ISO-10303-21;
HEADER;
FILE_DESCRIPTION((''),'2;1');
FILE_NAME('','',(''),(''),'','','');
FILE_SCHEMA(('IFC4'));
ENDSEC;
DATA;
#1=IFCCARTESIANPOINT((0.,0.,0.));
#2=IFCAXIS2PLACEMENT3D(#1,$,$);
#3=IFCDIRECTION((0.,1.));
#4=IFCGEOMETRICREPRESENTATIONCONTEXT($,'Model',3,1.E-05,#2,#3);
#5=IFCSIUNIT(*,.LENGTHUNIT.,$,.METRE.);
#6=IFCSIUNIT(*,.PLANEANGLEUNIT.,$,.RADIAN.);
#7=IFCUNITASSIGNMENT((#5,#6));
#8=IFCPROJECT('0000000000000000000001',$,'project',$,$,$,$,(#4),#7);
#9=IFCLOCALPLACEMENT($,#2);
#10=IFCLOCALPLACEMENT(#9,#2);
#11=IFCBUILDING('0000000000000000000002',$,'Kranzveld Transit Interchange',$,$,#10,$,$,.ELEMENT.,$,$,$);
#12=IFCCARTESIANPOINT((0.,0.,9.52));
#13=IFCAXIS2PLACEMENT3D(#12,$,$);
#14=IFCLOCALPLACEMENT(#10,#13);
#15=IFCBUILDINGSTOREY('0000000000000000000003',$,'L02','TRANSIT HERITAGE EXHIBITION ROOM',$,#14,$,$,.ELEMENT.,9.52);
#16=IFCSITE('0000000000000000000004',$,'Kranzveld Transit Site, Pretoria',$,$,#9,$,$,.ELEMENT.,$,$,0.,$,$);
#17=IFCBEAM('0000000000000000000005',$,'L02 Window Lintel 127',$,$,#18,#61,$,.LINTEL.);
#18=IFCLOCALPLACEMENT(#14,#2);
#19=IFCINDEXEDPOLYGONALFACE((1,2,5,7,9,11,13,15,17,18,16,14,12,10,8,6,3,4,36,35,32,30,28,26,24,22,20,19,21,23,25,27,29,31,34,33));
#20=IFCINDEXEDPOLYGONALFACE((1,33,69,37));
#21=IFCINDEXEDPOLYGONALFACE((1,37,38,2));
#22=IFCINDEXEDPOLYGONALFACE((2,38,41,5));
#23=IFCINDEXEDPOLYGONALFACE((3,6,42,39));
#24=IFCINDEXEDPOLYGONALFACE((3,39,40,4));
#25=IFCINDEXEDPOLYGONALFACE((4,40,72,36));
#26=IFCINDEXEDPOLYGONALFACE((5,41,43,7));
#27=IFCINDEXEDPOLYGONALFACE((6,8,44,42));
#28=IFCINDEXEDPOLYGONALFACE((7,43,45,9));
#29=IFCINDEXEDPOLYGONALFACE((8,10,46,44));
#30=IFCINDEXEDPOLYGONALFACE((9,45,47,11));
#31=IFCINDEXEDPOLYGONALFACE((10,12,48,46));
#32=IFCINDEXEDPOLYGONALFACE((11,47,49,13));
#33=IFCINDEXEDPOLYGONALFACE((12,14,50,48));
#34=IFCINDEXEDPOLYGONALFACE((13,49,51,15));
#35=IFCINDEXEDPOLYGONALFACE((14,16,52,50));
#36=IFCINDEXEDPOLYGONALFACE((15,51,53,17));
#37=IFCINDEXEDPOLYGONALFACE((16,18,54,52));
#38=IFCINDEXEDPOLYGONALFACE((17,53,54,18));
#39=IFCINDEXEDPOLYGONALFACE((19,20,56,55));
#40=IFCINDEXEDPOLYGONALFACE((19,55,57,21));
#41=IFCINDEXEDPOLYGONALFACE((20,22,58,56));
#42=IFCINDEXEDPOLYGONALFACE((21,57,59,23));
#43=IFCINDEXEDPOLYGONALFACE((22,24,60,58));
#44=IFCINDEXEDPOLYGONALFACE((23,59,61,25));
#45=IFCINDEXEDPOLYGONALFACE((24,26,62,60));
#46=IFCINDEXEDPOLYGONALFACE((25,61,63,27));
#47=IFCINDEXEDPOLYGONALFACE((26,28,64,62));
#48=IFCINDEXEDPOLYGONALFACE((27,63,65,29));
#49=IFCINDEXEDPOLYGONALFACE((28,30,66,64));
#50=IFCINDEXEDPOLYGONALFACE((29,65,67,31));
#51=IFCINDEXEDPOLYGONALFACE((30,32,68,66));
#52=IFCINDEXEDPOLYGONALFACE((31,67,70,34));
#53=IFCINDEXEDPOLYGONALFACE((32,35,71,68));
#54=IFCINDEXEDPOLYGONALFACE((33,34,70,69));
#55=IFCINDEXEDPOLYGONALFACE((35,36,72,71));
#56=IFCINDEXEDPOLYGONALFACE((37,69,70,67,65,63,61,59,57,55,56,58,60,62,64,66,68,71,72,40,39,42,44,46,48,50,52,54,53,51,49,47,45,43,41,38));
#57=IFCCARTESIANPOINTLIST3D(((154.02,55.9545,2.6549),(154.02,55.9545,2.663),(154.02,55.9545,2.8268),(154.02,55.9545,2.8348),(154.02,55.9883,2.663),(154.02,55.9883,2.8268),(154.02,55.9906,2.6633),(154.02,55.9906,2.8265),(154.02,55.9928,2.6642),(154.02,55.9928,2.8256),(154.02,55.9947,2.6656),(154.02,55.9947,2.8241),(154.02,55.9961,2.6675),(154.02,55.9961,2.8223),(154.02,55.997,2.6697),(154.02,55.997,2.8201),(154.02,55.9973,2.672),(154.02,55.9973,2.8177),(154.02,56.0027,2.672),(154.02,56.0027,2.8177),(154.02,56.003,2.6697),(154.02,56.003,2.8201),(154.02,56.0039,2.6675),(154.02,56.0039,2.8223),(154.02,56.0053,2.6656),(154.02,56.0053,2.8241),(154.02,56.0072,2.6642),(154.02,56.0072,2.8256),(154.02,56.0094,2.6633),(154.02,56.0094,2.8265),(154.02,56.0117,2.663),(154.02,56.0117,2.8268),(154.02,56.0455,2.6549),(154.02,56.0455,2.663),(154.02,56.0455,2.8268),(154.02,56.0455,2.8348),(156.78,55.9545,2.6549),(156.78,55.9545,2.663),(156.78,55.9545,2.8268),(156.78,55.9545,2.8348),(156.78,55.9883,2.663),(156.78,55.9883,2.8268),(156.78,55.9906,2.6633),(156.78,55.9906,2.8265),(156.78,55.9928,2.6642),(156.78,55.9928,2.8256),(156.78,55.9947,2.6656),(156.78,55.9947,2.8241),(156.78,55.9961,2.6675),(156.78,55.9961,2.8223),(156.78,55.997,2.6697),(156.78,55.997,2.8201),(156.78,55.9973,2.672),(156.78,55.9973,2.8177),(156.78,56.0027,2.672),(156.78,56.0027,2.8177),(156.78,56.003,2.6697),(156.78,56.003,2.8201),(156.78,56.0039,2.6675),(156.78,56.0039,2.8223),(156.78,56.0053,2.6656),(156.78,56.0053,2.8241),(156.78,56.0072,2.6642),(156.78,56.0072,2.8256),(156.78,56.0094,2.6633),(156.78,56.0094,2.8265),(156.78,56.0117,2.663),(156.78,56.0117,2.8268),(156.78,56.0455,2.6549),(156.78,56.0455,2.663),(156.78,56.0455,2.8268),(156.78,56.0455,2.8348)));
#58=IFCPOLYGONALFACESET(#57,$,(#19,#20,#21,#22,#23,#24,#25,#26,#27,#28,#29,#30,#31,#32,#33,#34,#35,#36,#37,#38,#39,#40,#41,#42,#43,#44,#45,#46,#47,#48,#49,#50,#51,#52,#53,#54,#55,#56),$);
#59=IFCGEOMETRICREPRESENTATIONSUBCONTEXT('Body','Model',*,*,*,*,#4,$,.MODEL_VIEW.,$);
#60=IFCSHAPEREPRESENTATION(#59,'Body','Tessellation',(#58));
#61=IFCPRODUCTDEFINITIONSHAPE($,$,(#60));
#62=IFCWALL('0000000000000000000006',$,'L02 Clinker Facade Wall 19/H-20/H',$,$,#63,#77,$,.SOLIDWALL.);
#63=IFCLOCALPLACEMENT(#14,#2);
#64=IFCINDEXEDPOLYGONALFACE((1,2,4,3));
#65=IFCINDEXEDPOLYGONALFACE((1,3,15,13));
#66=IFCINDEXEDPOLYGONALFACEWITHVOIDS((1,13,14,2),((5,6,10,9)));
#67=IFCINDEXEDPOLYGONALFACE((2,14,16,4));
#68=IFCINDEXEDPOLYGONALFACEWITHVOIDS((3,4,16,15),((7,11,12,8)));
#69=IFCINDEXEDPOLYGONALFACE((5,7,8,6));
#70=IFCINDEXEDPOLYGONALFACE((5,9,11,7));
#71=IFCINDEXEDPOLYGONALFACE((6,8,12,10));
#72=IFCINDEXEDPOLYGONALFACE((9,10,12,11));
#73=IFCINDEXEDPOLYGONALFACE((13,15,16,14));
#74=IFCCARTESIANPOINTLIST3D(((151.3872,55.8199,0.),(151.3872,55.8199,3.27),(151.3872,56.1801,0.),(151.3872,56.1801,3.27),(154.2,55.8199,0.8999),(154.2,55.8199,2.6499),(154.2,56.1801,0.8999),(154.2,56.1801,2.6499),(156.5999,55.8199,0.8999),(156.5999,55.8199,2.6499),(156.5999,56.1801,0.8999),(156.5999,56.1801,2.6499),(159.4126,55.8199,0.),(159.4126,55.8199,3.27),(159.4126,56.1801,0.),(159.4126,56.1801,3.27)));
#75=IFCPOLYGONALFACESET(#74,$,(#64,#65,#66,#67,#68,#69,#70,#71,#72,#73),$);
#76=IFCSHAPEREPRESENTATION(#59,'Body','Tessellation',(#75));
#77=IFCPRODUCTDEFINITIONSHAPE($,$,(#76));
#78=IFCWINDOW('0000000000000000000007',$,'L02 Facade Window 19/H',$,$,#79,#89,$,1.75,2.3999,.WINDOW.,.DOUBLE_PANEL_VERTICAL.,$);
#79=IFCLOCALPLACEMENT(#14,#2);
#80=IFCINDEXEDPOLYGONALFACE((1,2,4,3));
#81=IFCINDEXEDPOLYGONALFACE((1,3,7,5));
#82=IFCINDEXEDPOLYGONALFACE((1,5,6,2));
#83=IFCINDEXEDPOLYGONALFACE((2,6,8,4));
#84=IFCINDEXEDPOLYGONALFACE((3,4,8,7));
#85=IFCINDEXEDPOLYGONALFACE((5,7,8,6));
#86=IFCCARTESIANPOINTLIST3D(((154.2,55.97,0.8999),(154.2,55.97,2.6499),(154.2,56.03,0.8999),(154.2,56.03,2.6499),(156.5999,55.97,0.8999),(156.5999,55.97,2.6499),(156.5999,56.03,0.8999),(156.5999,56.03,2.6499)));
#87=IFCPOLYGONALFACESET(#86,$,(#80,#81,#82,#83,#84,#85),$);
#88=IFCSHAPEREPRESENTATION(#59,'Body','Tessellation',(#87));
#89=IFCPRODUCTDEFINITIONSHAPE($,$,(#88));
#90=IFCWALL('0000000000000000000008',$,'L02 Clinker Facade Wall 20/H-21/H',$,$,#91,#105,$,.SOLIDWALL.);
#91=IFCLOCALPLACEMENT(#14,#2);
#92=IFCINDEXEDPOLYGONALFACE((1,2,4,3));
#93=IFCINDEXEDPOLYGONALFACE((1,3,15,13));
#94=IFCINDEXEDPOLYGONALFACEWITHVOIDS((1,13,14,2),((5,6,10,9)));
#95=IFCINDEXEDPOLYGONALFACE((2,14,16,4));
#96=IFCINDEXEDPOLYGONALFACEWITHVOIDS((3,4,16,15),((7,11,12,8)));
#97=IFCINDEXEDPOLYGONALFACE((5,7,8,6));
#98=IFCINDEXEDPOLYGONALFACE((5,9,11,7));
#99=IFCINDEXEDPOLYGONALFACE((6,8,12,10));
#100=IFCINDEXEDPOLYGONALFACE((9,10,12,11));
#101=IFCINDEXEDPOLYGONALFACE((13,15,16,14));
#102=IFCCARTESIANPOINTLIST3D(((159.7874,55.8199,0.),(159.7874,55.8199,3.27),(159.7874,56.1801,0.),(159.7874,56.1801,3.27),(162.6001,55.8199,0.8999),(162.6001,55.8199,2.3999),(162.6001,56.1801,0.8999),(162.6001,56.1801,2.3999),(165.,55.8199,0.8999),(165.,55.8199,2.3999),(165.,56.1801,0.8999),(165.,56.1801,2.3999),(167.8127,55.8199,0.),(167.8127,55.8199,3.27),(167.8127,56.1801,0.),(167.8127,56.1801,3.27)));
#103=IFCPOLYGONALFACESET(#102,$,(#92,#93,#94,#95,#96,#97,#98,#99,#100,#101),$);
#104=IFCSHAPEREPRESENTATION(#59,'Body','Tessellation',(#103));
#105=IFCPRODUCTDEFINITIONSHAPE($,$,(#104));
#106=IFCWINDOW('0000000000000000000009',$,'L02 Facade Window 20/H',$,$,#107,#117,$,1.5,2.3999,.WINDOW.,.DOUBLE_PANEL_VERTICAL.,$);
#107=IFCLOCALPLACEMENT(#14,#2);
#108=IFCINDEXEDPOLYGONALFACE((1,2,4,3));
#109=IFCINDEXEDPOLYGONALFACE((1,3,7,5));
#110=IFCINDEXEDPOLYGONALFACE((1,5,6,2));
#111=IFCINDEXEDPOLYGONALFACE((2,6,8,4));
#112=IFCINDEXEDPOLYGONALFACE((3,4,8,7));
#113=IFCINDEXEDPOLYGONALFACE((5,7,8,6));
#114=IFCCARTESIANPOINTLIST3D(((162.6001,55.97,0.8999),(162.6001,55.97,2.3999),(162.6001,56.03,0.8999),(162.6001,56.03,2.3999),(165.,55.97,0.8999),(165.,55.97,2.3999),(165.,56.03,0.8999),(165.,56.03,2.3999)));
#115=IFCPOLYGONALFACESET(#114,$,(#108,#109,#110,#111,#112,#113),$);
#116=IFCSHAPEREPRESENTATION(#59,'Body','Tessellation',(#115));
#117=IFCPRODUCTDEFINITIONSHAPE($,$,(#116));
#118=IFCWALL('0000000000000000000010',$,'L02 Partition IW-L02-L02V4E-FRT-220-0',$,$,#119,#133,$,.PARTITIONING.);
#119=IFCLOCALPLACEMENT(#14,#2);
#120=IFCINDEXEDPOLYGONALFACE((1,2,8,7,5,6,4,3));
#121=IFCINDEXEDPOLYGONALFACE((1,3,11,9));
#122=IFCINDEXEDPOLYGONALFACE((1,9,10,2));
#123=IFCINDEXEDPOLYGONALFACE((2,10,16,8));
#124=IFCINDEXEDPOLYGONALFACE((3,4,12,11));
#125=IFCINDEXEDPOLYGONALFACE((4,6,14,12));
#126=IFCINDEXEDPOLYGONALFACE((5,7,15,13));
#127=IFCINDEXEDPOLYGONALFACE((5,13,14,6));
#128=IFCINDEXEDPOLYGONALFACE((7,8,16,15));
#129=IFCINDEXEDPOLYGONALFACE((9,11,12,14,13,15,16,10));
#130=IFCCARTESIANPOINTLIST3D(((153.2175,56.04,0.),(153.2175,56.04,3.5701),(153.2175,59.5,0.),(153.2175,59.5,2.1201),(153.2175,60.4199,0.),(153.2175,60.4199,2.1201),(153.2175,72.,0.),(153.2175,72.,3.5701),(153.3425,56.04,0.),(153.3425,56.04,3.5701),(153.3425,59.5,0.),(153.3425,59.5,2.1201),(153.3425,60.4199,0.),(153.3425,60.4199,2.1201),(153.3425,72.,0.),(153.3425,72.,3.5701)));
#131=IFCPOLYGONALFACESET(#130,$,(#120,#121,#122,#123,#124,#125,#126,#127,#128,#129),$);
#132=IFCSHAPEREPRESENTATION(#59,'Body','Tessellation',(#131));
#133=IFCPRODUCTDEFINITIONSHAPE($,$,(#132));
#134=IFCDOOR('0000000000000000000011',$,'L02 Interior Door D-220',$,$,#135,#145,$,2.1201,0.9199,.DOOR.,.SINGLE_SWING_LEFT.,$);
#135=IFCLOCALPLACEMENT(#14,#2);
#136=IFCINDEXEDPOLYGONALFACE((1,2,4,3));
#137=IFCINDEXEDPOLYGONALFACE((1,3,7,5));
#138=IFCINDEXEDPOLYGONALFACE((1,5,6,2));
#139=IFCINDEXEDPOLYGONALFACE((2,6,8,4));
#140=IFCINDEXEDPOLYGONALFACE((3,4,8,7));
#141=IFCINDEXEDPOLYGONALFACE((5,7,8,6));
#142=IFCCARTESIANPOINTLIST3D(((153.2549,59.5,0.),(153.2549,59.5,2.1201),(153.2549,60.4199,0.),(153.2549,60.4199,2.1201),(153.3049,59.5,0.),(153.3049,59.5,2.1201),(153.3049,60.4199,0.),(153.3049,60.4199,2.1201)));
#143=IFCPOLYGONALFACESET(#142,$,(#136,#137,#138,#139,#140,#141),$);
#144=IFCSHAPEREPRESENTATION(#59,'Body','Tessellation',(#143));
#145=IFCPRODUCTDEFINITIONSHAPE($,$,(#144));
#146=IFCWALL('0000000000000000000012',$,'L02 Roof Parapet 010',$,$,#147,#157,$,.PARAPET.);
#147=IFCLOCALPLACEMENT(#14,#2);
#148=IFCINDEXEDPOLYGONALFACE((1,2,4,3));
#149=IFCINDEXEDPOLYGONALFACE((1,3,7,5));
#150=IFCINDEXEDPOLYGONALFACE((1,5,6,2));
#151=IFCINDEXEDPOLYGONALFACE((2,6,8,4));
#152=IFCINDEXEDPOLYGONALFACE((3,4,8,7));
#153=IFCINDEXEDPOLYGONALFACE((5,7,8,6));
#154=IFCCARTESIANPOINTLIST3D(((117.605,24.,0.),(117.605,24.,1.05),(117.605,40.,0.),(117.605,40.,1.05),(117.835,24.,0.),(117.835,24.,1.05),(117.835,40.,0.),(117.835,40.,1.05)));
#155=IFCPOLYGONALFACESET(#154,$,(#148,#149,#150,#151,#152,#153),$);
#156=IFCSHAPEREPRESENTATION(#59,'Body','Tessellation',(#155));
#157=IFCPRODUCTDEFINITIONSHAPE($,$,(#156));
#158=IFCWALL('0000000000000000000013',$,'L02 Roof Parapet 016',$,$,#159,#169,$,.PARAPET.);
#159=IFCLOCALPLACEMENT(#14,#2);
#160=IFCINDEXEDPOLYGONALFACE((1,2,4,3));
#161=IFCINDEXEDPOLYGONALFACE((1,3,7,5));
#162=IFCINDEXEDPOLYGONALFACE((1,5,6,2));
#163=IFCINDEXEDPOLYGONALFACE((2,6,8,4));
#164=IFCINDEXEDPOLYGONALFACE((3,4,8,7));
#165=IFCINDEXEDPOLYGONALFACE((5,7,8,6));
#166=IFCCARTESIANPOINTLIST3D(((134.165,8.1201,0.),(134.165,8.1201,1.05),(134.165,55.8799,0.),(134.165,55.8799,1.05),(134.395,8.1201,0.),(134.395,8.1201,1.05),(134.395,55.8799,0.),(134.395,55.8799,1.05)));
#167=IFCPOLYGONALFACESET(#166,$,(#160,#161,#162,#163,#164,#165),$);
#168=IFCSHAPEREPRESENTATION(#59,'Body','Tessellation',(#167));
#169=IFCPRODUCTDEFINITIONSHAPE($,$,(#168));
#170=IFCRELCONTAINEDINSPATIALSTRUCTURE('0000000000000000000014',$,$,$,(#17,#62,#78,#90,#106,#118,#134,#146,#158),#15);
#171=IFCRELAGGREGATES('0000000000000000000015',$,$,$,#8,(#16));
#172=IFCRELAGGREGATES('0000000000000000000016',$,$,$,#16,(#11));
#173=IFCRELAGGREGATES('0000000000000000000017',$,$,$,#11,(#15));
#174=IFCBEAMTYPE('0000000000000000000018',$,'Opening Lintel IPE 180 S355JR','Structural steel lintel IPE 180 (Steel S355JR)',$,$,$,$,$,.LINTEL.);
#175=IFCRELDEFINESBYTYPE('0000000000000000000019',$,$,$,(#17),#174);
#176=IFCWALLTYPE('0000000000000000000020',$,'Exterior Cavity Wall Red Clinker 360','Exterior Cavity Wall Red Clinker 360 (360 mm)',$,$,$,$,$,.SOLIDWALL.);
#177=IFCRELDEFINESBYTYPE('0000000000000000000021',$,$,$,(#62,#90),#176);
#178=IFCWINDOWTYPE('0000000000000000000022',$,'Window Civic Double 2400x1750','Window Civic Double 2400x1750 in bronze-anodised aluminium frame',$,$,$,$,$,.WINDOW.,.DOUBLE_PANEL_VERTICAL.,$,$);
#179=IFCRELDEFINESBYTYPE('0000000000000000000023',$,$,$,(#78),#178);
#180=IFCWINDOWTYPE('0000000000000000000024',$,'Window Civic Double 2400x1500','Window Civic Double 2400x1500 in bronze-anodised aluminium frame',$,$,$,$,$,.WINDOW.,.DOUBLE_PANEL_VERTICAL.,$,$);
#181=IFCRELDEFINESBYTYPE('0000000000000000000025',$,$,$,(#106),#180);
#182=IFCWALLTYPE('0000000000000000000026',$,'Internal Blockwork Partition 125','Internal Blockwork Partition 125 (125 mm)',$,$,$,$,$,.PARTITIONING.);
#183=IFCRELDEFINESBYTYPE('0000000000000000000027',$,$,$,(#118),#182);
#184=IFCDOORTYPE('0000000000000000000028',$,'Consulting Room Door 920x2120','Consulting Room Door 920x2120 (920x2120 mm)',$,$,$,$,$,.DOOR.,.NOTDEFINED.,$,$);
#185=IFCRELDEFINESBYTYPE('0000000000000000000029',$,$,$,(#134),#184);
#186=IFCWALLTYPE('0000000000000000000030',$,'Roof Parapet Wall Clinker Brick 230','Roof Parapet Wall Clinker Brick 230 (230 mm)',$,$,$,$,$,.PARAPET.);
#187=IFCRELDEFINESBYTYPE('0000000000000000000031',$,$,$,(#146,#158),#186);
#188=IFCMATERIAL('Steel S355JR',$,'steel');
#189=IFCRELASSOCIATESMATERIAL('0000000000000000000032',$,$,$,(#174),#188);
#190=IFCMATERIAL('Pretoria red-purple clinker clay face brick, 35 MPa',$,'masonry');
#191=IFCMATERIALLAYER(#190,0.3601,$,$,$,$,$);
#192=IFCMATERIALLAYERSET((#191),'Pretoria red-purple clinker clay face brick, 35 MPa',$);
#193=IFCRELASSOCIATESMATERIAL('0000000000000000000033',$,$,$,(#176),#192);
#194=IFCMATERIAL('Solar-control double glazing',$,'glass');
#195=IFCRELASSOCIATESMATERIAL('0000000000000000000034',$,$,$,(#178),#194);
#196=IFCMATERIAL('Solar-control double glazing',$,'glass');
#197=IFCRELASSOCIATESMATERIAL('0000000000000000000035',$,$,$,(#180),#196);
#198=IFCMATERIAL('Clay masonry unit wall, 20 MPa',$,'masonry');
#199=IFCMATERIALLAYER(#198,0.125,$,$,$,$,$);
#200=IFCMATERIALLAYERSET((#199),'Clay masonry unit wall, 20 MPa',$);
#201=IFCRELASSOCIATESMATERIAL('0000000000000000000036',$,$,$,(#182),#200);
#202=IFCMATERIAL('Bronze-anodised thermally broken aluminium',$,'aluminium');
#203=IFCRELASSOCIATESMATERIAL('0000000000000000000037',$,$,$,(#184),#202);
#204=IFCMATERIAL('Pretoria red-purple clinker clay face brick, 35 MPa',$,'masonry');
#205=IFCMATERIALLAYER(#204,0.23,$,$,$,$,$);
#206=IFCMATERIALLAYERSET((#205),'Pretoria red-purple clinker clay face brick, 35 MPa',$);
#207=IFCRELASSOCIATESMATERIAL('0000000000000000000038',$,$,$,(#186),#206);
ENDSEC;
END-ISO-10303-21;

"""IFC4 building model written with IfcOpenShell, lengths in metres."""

from ifc_helpers import new_model, si_unit, direction, frame, frame_2d, origin, origin_2d, place, context, subcontext, project, spatial, rectangle, i_section, extrude, material, layer, layer_set, material_profile, profile_set, type_object, element, fill, save


model = new_model("IFC4")

# Units and contexts
model_context = context("Model", 3, precision=1e-05, world=origin(), true_north=direction((0.0, 1.0)))
body_context = subcontext(model_context, "Body", "Model", "MODEL_VIEW")
ifc_project = project(units=[si_unit("LENGTHUNIT", "METRE"), si_unit("PLANEANGLEUNIT", "RADIAN")], contexts=[model_context])

# Site, building, storey
site_placement = place(None, origin())
site = spatial("IfcSite", under=ifc_project, at=site_placement, Name="Kranzveld Transit Site, Pretoria", CompositionType="ELEMENT", RefElevation=0.0)
building_placement = place(site_placement, origin())
building = spatial("IfcBuilding", under=site, at=building_placement, Name="Kranzveld Transit Interchange", CompositionType="ELEMENT")
storey_placement = place(building_placement, frame((0.0, 0.0, 9.52)))
storey = spatial("IfcBuildingStorey", under=building, at=storey_placement, Name="L02", Description="TRANSIT HERITAGE EXHIBITION ROOM", CompositionType="ELEMENT", Elevation=9.52)

# Beam
ifc_material_1 = material(Name="Steel S355JR", Category="steel")
ifc_material_profile_1 = material_profile(ifc_material_1, i_section(OverallWidth=0.0911, OverallDepth=0.1799, WebThickness=0.0054, FlangeThickness=0.0081, FilletRadius=0.009, at=origin_2d()), Name="IPE 180")
ifc_profile_set_1 = profile_set([ifc_material_profile_1], Name="Steel S355JR")
beam_type_1 = type_object("IfcBeamType", Name="Opening Lintel IPE 180 S355JR", Description="Structural steel lintel IPE 180 (Steel S355JR)", PredefinedType="LINTEL", material=ifc_profile_set_1)
beam_1_placement = place(storey_placement, frame((154.02, 56.0, 2.7449), z_axis=(1.0, 0.0, 0.0), x_axis=(0.0, 1.0, 0.0)))
element("IfcBeam", 1, at=beam_1_placement, inside=storey, type_object=beam_type_1, Name="L02 Window Lintel 127", PredefinedType="LINTEL", context=body_context, shape_type="SweptSolid", body=[
    extrude(i_section(OverallWidth=0.0911, OverallDepth=0.1799, WebThickness=0.0054, FlangeThickness=0.0081, FilletRadius=0.009, at=origin_2d()), origin(), (0.0, 0.0, 1.0), 2.76),
])

# Walls, openings, windows
ifc_material_2 = material(Name="Pretoria red-purple clinker clay face brick, 35 MPa", Category="masonry")
ifc_layer_1 = layer(ifc_material_2, 0.3601)
ifc_layer_set_1 = layer_set([ifc_layer_1], Name="Pretoria red-purple clinker clay face brick, 35 MPa")
wall_type_1 = type_object("IfcWallType", Name="Exterior Cavity Wall Red Clinker 360", Description="Exterior Cavity Wall Red Clinker 360 (360 mm)", PredefinedType="SOLIDWALL", material=ifc_layer_set_1)
wall_1_placement = place(storey_placement, frame((151.3872, 56.0, 0.0), z_axis=(0.0, 0.0, 1.0), x_axis=(1.0, 0.0, 0.0)))
wall_1 = element("IfcWall", 2, at=wall_1_placement, inside=storey, type_object=wall_type_1, Name="L02 Clinker Facade Wall 19/H-20/H", PredefinedType="SOLIDWALL", context=body_context, shape_type="SweptSolid", body=[
    extrude(rectangle(XDim=8.0254, YDim=0.3601, at=frame_2d((4.0127, 0.0))), origin(), (0.0, 0.0, 1.0), 3.27),
])
opening_1_placement = place(wall_1_placement, frame((2.8127, 0.0, 0.8999), z_axis=(0.0, 0.0, 1.0), x_axis=(1.0, 0.0, 0.0)))
opening_1 = element("IfcOpeningElement", 3, at=opening_1_placement, cuts=wall_1, PredefinedType="OPENING", context=body_context, shape_type="SweptSolid", body=[
    extrude(rectangle(XDim=2.3999, YDim=1.75, at=frame_2d((1.2, 0.875))), frame((0.0, 0.1899, 0.0), z_axis=(0.0, -1.0, 0.0), x_axis=(1.0, 0.0, 0.0)), (0.0, 0.0, 1.0), 0.3801),
])
ifc_material_3 = material(Name="Solar-control double glazing", Category="glass")
window_type_1 = type_object("IfcWindowType", Name="Window Civic Double 2400x1750", Description="Window Civic Double 2400x1750 in bronze-anodised aluminium frame", PartitioningType="DOUBLE_PANEL_VERTICAL", PredefinedType="WINDOW", material=ifc_material_3)
window_1_placement = place(opening_1_placement, origin())
window_1 = element("IfcWindow", 4, at=window_1_placement, inside=storey, type_object=window_type_1, Name="L02 Facade Window 19/H", OverallHeight=1.75, OverallWidth=2.3999, PartitioningType="DOUBLE_PANEL_VERTICAL", PredefinedType="WINDOW", context=body_context, shape_type="SweptSolid", body=[
    extrude(rectangle(XDim=2.3999, YDim=1.75, at=frame_2d((1.2, 0.875))), frame((0.0, 0.03, 0.0), z_axis=(0.0, -1.0, 0.0), x_axis=(1.0, 0.0, 0.0)), (0.0, 0.0, 1.0), 0.0601),
])
fill(opening_1, window_1)
wall_2_placement = place(storey_placement, frame((159.7874, 56.0, 0.0), z_axis=(0.0, 0.0, 1.0), x_axis=(1.0, 0.0, 0.0)))
wall_2 = element("IfcWall", 5, at=wall_2_placement, inside=storey, type_object=wall_type_1, Name="L02 Clinker Facade Wall 20/H-21/H", PredefinedType="SOLIDWALL", context=body_context, shape_type="SweptSolid", body=[
    extrude(rectangle(XDim=8.0254, YDim=0.3601, at=frame_2d((4.0127, 0.0))), origin(), (0.0, 0.0, 1.0), 3.27),
])
opening_2_placement = place(wall_2_placement, frame((2.8127, 0.0, 0.8999), z_axis=(0.0, 0.0, 1.0), x_axis=(1.0, 0.0, 0.0)))
opening_2 = element("IfcOpeningElement", 6, at=opening_2_placement, cuts=wall_2, PredefinedType="OPENING", context=body_context, shape_type="SweptSolid", body=[
    extrude(rectangle(XDim=2.3999, YDim=1.5, at=frame_2d((1.2, 0.75))), frame((0.0, 0.1899, 0.0), z_axis=(0.0, -1.0, 0.0), x_axis=(1.0, 0.0, 0.0)), (0.0, 0.0, 1.0), 0.3801),
])
ifc_material_4 = material(Name="Solar-control double glazing", Category="glass")
window_type_2 = type_object("IfcWindowType", Name="Window Civic Double 2400x1500", Description="Window Civic Double 2400x1500 in bronze-anodised aluminium frame", PartitioningType="DOUBLE_PANEL_VERTICAL", PredefinedType="WINDOW", material=ifc_material_4)
window_2_placement = place(opening_2_placement, origin())
window_2 = element("IfcWindow", 7, at=window_2_placement, inside=storey, type_object=window_type_2, Name="L02 Facade Window 20/H", OverallHeight=1.5, OverallWidth=2.3999, PartitioningType="DOUBLE_PANEL_VERTICAL", PredefinedType="WINDOW", context=body_context, shape_type="SweptSolid", body=[
    extrude(rectangle(XDim=2.3999, YDim=1.5, at=frame_2d((1.2, 0.75))), frame((0.0, 0.03, 0.0), z_axis=(0.0, -1.0, 0.0), x_axis=(1.0, 0.0, 0.0)), (0.0, 0.0, 1.0), 0.0601),
])
fill(opening_2, window_2)

# Wall, opening, door
ifc_material_5 = material(Name="Clay masonry unit wall, 20 MPa", Category="masonry")
ifc_layer_2 = layer(ifc_material_5, 0.125)
ifc_layer_set_2 = layer_set([ifc_layer_2], Name="Clay masonry unit wall, 20 MPa")
wall_type_2 = type_object("IfcWallType", Name="Internal Blockwork Partition 125", Description="Internal Blockwork Partition 125 (125 mm)", PredefinedType="PARTITIONING", material=ifc_layer_set_2)
wall_3_placement = place(storey_placement, frame((153.28, 56.04, 0.0), z_axis=(0.0, 0.0, 1.0), x_axis=(0.0, 1.0, 0.0)))
wall_3 = element("IfcWall", 8, at=wall_3_placement, inside=storey, type_object=wall_type_2, Name="L02 Partition IW-L02-L02V4E-FRT-220-0", PredefinedType="PARTITIONING", context=body_context, shape_type="SweptSolid", body=[
    extrude(rectangle(XDim=15.96, YDim=0.125, at=frame_2d((7.98, 0.0))), origin(), (0.0, 0.0, 1.0), 3.5701),
])
opening_3_placement = place(wall_3_placement, frame((4.3799, 0.0, 0.0), z_axis=(0.0, 0.0, 1.0), x_axis=(-1.0, 0.0, 0.0)))
opening_3 = element("IfcOpeningElement", 9, at=opening_3_placement, cuts=wall_3, PredefinedType="OPENING", context=body_context, shape_type="SweptSolid", body=[
    extrude(rectangle(XDim=0.9199, YDim=2.1201, at=frame_2d((0.46, 1.0601))), frame((0.0, 0.0725, 0.0), z_axis=(0.0, -1.0, 0.0), x_axis=(1.0, 0.0, 0.0)), (0.0, 0.0, 1.0), 0.145),
])
ifc_material_6 = material(Name="Bronze-anodised thermally broken aluminium", Category="aluminium")
door_type = type_object("IfcDoorType", Name="Consulting Room Door 920x2120", Description="Consulting Room Door 920x2120 (920x2120 mm)", OperationType="NOTDEFINED", PredefinedType="DOOR", material=ifc_material_6)
door_placement = place(opening_3_placement, origin())
door = element("IfcDoor", 10, at=door_placement, inside=storey, type_object=door_type, Name="L02 Interior Door D-220", OperationType="SINGLE_SWING_LEFT", OverallHeight=2.1201, OverallWidth=0.9199, PredefinedType="DOOR", context=body_context, shape_type="SweptSolid", body=[
    extrude(rectangle(XDim=0.9199, YDim=2.1201, at=frame_2d((0.46, 1.0601))), frame((0.0, 0.0249, 0.0), z_axis=(0.0, -1.0, 0.0), x_axis=(1.0, 0.0, 0.0)), (0.0, 0.0, 1.0), 0.05),
])
fill(opening_3, door)

# Walls
ifc_material_7 = material(Name="Pretoria red-purple clinker clay face brick, 35 MPa", Category="masonry")
ifc_layer_3 = layer(ifc_material_7, 0.23)
ifc_layer_set_3 = layer_set([ifc_layer_3], Name="Pretoria red-purple clinker clay face brick, 35 MPa")
wall_type_3 = type_object("IfcWallType", Name="Roof Parapet Wall Clinker Brick 230", Description="Roof Parapet Wall Clinker Brick 230 (230 mm)", PredefinedType="PARAPET", material=ifc_layer_set_3)
wall_4_placement = place(storey_placement, frame((117.72, 24.0, 0.0), z_axis=(0.0, 0.0, 1.0), x_axis=(0.0, 1.0, 0.0)))
element("IfcWall", 11, at=wall_4_placement, inside=storey, type_object=wall_type_3, Name="L02 Roof Parapet 010", PredefinedType="PARAPET", context=body_context, shape_type="SweptSolid", body=[
    extrude(rectangle(XDim=16.0, YDim=0.23, at=frame_2d((8.0, 0.0))), origin(), (0.0, 0.0, 1.0), 1.05),
])
wall_5_placement = place(storey_placement, frame((134.28, 55.8799, 0.0), z_axis=(0.0, 0.0, 1.0), x_axis=(0.0, -1.0, 0.0)))
element("IfcWall", 12, at=wall_5_placement, inside=storey, type_object=wall_type_3, Name="L02 Roof Parapet 016", PredefinedType="PARAPET", context=body_context, shape_type="SweptSolid", body=[
    extrude(rectangle(XDim=47.7598, YDim=0.23, at=frame_2d((23.8799, 0.0))), origin(), (0.0, 0.0, 1.0), 1.05),
])

save(model, "model.ifc")
